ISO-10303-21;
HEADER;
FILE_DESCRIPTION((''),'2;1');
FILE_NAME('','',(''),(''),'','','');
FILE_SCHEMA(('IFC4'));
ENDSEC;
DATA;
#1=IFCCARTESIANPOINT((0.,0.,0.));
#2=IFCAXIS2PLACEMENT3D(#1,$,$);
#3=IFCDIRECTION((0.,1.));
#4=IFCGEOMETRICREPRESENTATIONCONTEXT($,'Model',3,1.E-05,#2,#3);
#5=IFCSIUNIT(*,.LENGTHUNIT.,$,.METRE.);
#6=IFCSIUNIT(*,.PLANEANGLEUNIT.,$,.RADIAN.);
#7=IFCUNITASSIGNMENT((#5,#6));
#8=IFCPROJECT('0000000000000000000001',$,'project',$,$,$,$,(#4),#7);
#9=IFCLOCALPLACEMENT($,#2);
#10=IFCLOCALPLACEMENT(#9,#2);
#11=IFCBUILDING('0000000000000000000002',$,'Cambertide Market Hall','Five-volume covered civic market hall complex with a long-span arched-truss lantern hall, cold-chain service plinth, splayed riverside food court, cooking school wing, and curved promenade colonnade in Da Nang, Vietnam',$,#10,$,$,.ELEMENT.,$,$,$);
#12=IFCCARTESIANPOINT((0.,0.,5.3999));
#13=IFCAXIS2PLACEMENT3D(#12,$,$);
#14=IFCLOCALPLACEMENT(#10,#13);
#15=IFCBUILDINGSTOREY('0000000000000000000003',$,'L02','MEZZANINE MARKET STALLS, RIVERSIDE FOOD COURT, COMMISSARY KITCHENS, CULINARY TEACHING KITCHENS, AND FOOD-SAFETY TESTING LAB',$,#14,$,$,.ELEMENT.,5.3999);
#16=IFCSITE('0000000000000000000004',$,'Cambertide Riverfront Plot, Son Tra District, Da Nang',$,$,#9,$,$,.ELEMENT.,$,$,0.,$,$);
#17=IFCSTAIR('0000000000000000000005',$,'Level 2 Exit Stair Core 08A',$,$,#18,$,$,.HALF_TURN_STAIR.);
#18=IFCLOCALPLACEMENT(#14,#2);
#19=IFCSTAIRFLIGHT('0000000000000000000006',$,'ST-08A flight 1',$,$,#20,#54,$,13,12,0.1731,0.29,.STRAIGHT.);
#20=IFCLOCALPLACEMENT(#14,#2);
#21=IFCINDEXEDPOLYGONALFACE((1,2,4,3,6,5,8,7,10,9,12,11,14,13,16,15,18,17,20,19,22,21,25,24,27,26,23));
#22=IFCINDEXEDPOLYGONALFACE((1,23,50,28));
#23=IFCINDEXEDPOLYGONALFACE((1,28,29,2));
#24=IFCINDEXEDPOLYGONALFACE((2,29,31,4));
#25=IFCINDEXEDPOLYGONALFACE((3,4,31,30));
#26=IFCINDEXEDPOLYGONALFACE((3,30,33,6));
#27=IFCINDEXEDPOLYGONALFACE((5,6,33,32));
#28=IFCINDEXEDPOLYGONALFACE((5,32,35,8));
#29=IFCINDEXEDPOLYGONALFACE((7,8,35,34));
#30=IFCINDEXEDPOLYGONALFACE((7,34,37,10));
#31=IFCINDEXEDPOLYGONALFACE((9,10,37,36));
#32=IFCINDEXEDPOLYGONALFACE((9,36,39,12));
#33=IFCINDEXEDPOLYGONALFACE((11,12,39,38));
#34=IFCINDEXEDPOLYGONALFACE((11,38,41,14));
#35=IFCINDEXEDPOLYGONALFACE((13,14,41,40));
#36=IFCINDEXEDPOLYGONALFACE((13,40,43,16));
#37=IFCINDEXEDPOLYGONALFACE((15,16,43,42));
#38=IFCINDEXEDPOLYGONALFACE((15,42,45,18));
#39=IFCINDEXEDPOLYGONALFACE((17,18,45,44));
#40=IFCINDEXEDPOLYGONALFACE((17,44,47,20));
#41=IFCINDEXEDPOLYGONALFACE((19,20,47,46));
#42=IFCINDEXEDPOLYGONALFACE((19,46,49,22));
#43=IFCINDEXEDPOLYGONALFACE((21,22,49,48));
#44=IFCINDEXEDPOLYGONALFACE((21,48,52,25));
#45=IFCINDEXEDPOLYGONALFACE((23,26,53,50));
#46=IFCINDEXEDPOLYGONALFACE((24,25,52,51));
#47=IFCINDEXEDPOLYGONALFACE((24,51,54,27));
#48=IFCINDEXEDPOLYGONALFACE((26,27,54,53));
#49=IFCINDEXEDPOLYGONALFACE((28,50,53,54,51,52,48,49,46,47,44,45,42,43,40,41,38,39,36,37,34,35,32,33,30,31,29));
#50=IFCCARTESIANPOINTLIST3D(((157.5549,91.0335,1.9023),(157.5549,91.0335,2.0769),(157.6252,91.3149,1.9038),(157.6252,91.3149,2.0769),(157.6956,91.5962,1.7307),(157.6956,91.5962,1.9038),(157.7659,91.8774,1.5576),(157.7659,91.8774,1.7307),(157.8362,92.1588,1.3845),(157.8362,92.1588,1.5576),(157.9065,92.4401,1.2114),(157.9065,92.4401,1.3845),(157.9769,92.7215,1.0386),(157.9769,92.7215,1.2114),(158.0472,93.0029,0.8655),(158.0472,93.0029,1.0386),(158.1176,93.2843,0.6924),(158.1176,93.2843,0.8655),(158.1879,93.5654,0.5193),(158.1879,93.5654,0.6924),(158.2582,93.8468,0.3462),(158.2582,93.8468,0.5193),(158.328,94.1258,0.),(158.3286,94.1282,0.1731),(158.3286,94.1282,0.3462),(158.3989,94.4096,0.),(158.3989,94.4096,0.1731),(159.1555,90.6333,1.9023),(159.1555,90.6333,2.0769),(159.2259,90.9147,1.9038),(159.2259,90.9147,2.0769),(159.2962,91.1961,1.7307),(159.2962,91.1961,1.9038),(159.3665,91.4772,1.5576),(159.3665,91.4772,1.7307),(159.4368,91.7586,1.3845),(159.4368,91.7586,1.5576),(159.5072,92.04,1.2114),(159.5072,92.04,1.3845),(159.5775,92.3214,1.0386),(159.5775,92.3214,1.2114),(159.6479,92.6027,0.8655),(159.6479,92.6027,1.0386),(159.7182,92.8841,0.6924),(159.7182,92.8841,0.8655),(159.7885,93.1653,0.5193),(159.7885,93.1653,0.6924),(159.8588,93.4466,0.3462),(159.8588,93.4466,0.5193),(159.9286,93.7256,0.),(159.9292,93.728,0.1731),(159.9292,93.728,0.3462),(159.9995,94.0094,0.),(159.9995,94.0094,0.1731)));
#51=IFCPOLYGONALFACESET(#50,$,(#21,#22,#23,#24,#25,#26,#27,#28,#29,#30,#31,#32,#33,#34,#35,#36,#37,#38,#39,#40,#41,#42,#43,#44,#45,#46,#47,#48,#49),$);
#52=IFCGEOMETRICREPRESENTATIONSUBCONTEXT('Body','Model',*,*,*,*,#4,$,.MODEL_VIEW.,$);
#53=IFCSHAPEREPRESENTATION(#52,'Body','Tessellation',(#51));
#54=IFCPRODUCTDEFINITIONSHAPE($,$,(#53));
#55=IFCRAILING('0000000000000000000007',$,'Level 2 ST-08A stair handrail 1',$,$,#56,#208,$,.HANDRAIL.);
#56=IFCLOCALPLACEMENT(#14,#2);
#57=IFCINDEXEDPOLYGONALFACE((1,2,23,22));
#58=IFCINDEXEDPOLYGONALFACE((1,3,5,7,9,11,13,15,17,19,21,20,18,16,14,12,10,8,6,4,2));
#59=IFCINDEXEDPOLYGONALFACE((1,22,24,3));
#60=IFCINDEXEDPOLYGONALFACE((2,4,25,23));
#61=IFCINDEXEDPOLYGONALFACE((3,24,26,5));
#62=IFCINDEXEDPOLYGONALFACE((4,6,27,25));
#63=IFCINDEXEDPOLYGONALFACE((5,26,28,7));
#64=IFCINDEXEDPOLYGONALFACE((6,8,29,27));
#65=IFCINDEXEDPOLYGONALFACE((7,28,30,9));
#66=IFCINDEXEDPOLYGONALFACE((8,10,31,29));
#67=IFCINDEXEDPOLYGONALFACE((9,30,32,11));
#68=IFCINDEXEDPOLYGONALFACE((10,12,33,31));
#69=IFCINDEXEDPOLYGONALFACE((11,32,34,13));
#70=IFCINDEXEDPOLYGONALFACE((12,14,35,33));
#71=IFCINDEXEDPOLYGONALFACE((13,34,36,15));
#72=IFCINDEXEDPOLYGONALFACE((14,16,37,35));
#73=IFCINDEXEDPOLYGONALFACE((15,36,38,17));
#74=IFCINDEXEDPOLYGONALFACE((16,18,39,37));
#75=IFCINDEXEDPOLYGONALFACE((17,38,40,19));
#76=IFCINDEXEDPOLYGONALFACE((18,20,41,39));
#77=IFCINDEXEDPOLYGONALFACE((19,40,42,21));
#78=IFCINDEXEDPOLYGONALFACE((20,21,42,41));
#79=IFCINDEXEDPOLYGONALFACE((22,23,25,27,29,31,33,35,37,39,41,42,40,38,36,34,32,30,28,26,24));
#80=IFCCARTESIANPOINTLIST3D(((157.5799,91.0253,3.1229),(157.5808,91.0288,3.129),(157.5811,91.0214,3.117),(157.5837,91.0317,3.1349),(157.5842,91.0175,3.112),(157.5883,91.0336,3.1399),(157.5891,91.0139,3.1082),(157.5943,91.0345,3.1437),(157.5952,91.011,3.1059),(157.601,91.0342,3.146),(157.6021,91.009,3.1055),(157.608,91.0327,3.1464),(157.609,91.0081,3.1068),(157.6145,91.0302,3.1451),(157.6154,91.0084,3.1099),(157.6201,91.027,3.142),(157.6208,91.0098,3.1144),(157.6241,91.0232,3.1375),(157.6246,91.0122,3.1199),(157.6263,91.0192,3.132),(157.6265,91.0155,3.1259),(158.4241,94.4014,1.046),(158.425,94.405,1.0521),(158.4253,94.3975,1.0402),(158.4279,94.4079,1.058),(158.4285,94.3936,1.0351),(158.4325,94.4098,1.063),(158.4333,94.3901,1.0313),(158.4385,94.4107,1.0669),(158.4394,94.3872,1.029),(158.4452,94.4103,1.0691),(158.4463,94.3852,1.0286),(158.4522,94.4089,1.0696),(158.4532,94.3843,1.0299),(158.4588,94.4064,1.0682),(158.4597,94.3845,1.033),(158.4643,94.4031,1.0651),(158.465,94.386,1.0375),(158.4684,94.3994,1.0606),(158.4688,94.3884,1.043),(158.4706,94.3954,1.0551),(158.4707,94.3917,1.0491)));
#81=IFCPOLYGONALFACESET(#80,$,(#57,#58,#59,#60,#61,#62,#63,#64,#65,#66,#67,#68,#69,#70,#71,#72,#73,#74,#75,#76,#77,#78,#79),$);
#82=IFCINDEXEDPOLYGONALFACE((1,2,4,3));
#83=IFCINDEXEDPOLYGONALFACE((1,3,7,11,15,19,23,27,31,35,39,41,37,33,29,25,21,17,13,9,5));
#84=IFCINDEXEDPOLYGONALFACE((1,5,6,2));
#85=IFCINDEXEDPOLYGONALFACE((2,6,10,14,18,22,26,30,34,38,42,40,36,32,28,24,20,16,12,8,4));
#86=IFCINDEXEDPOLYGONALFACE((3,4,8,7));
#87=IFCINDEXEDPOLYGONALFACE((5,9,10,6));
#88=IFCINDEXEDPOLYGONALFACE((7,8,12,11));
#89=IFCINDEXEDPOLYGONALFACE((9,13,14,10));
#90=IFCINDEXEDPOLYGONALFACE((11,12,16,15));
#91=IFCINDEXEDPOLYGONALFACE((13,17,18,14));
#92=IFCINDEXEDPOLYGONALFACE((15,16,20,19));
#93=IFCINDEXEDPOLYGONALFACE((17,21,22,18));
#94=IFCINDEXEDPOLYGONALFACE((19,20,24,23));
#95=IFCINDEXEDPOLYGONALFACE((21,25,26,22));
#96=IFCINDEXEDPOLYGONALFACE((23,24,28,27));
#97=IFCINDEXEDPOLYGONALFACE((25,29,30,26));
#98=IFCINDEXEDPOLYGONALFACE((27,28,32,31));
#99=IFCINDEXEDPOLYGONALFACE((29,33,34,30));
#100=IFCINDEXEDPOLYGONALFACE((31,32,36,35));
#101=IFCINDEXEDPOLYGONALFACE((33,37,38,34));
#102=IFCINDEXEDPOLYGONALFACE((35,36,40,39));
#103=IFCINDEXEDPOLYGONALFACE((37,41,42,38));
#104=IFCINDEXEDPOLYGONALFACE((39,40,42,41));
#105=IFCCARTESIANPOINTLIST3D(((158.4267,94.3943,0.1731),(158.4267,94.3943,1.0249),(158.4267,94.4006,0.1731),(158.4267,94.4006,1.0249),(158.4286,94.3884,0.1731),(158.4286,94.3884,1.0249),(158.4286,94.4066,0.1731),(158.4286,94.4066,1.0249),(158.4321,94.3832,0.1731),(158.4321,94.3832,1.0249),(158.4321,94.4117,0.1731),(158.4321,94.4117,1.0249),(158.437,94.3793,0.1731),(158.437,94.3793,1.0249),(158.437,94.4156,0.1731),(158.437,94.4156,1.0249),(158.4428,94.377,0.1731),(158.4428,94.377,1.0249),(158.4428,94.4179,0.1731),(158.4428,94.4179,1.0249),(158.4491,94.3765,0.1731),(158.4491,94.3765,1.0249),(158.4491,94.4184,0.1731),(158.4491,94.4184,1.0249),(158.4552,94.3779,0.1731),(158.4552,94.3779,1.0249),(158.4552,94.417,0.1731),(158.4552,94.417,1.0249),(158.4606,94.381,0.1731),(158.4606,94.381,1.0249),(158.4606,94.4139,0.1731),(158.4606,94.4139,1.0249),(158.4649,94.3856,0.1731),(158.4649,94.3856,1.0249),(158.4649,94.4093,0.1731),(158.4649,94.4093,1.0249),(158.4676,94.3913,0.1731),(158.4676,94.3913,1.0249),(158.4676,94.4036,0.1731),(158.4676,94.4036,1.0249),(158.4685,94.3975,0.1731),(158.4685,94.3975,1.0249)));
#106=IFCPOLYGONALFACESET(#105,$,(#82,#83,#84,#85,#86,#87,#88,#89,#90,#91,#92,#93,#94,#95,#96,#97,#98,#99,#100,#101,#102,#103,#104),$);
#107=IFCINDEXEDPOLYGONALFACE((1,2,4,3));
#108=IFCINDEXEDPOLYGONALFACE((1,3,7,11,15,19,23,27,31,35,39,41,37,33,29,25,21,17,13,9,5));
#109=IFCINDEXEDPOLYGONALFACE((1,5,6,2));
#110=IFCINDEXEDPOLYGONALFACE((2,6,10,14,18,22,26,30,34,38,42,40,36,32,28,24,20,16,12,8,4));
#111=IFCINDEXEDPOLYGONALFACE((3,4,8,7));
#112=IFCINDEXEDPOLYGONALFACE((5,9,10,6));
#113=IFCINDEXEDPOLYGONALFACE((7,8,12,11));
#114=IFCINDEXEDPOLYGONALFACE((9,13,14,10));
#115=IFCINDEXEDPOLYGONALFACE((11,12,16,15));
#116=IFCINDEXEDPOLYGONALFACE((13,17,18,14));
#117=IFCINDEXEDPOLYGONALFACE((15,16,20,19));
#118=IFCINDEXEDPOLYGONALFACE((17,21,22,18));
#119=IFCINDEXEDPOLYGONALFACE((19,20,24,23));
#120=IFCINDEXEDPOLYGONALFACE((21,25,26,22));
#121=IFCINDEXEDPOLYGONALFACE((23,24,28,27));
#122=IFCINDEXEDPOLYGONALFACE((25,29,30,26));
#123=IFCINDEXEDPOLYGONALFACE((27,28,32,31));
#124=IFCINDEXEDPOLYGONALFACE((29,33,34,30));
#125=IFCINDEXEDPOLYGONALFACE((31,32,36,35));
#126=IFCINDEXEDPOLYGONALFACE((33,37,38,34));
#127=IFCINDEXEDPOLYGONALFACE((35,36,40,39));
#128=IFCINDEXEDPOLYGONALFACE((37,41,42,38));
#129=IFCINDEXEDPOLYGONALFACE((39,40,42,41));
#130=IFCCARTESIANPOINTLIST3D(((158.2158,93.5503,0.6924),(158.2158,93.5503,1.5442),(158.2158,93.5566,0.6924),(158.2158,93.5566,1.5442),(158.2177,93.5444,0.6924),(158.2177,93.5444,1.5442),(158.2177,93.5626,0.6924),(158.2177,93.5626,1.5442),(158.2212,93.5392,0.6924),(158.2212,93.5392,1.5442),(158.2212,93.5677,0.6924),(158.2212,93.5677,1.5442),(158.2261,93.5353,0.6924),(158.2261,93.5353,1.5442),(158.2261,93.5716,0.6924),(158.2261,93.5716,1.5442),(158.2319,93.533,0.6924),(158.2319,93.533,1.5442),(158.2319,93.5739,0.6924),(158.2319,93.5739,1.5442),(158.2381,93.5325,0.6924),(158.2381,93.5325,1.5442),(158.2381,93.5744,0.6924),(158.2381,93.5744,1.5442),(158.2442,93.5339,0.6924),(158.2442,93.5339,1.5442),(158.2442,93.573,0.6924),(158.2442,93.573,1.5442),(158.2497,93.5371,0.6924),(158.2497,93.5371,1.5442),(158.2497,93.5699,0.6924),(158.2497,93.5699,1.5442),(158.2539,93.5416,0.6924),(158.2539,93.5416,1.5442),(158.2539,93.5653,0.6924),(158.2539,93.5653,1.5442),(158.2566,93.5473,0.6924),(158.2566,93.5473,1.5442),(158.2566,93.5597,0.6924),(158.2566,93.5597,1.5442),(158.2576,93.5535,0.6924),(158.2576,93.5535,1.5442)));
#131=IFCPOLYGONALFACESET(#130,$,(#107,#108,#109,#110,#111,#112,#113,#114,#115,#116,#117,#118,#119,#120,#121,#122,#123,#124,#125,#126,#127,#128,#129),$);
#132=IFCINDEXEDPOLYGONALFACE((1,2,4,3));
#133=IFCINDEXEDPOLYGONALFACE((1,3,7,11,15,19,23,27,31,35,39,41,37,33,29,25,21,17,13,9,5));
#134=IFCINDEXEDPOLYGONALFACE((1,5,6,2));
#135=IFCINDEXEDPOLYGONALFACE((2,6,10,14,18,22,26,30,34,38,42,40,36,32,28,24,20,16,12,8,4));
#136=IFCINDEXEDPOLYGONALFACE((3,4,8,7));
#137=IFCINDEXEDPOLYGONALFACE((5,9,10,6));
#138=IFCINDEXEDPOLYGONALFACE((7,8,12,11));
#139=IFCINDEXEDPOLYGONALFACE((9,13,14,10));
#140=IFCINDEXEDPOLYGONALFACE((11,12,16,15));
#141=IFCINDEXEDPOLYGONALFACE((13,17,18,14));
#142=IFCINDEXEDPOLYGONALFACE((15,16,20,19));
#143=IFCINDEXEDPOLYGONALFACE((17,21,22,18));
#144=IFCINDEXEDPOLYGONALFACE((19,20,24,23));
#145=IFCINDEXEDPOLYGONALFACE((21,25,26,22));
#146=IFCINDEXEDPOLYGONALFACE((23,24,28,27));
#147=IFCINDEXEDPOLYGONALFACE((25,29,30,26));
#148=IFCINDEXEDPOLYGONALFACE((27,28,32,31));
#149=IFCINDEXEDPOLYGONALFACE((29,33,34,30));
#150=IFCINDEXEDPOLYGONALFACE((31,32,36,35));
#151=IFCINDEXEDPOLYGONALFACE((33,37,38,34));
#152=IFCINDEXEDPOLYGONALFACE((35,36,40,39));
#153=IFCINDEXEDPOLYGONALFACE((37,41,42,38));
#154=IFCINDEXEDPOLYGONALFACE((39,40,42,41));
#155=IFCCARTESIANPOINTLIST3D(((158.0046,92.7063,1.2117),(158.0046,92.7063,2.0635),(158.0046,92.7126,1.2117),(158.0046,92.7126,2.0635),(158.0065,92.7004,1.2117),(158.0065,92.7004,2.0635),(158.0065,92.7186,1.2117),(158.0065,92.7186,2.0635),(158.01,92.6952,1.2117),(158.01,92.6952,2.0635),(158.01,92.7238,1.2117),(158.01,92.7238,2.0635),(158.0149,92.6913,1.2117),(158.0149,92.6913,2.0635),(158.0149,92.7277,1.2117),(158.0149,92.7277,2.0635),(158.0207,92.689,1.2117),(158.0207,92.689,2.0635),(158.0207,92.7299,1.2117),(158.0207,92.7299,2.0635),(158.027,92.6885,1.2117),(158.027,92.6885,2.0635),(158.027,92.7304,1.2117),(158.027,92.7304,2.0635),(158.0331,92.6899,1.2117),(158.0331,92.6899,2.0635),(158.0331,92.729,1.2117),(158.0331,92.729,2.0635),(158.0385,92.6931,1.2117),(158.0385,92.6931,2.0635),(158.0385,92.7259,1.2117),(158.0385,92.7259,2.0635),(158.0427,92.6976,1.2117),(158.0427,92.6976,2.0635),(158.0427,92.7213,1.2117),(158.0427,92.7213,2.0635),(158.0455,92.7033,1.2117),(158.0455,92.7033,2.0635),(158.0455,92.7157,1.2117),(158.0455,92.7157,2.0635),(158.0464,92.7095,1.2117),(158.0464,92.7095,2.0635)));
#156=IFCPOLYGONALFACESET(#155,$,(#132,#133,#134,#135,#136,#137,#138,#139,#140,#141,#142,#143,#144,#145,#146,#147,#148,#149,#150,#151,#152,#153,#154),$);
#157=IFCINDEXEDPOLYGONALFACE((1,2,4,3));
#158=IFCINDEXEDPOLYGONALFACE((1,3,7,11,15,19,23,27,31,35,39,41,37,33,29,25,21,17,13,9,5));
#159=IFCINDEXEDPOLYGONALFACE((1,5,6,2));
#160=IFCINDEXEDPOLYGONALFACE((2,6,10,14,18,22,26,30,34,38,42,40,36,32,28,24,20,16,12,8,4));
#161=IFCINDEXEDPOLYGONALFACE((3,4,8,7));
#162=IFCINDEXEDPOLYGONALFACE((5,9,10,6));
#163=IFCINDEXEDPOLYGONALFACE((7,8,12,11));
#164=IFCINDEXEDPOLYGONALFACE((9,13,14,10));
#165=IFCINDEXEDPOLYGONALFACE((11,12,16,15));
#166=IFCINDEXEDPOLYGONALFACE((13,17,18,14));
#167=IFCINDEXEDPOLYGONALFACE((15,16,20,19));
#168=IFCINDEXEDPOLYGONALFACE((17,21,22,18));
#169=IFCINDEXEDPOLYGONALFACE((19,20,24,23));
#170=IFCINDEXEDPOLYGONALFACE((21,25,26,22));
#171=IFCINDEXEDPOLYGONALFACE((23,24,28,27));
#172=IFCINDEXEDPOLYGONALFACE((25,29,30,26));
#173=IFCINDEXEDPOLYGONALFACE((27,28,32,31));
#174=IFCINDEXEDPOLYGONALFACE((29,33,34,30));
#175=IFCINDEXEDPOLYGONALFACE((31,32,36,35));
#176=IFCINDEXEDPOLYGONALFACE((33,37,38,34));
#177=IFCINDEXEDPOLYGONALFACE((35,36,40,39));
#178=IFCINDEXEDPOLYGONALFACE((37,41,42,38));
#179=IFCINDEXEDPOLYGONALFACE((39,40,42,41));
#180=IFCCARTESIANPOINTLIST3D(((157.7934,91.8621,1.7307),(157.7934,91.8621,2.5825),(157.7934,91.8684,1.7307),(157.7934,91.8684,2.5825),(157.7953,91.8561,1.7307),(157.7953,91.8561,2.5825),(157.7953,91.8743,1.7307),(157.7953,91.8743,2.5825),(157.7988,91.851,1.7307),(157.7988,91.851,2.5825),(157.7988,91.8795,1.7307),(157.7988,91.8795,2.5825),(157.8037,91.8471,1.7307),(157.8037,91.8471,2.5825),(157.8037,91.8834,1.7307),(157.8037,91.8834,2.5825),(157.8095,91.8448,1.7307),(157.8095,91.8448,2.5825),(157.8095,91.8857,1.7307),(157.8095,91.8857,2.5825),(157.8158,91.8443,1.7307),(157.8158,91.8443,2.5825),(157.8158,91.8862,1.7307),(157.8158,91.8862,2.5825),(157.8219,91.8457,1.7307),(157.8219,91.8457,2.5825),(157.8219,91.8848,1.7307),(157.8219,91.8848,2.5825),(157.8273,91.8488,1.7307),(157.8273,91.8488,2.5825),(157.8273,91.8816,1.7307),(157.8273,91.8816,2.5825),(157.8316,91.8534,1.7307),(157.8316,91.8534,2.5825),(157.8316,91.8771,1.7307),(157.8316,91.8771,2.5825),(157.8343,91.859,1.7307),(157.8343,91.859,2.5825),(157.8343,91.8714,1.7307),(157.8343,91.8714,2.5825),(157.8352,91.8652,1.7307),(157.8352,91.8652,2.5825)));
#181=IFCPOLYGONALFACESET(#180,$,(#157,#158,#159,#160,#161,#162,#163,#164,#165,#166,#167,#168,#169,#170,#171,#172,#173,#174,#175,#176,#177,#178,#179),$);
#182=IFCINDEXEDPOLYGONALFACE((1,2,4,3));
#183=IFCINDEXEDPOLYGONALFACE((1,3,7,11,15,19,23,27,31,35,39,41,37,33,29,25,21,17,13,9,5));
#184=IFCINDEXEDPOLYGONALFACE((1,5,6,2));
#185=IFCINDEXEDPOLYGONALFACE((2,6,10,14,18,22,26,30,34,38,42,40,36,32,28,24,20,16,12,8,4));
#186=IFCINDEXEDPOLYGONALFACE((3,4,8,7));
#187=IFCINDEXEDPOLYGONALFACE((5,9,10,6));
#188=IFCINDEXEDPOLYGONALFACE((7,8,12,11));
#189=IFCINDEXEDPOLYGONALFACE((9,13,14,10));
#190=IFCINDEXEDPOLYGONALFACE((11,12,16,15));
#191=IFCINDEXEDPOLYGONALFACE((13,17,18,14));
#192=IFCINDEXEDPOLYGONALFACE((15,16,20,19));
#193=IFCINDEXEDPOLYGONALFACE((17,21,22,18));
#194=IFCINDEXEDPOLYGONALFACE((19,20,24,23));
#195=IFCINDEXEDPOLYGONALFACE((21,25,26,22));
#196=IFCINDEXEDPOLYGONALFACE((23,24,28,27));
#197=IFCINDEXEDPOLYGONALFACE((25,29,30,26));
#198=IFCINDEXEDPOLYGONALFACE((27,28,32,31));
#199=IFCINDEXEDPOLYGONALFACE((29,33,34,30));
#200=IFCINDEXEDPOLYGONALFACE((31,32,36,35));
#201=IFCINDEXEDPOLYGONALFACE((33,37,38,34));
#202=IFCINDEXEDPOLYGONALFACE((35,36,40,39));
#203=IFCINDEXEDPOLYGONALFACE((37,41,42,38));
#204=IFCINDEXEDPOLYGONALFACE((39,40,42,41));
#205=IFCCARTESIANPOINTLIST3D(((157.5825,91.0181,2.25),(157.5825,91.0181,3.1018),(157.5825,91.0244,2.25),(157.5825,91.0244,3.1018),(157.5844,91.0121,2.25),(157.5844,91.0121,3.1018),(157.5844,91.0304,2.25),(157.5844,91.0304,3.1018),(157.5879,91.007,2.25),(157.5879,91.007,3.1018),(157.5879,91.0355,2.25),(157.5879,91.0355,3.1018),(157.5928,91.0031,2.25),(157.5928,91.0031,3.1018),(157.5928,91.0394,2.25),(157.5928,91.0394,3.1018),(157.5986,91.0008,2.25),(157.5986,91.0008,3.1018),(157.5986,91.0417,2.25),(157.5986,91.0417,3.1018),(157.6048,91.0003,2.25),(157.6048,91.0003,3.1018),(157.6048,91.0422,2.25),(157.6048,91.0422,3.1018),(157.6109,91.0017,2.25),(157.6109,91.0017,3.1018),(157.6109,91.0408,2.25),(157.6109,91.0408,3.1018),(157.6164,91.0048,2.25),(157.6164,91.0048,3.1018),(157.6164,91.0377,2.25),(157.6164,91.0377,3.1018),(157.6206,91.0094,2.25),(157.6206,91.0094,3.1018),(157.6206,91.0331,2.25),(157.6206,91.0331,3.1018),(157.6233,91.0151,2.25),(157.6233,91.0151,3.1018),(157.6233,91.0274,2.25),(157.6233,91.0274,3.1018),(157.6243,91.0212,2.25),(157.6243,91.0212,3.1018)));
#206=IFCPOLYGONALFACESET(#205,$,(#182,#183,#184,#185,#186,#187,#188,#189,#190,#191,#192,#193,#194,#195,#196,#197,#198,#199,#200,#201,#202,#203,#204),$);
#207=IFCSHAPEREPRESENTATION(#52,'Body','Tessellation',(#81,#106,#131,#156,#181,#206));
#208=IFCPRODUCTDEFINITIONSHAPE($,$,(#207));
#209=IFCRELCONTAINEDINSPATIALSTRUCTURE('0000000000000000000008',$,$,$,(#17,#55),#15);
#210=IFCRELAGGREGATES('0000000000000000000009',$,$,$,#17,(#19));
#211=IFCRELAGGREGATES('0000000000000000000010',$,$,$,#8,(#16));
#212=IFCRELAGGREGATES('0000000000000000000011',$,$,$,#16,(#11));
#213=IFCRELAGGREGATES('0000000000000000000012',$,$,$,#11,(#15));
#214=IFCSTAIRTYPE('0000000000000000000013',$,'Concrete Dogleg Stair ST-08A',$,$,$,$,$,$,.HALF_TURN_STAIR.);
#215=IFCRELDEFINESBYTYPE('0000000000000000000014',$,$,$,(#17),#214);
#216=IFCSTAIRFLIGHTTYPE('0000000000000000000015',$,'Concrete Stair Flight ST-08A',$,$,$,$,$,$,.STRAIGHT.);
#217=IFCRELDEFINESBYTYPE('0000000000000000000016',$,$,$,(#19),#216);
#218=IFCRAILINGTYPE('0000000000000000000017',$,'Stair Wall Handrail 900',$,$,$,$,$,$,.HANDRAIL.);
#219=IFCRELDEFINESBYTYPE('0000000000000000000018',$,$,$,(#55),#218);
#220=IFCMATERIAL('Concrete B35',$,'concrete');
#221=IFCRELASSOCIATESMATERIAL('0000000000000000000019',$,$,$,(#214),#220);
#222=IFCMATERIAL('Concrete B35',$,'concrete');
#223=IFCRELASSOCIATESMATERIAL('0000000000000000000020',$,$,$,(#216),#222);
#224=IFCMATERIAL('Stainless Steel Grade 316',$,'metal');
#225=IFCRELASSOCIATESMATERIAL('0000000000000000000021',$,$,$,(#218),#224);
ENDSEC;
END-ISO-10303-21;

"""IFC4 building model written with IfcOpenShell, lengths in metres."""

from ifc_helpers import new_model, si_unit, direction, frame, origin, origin_2d, place, context, subcontext, project, spatial, polyline, circle, outline, extrude, material, type_object, element, aggregate, save


model = new_model("IFC4")

# Units and contexts
model_context = context("Model", 3, precision=1e-05, world=origin(), true_north=direction((0.0, 1.0)))
body_context = subcontext(model_context, "Body", "Model", "MODEL_VIEW")
ifc_project = project(units=[si_unit("LENGTHUNIT", "METRE"), si_unit("PLANEANGLEUNIT", "RADIAN")], contexts=[model_context])

# Site, building, storey
site_placement = place(None, origin())
site = spatial("IfcSite", under=ifc_project, at=site_placement, Name="Cambertide Riverfront Plot, Son Tra District, Da Nang", CompositionType="ELEMENT", RefElevation=0.0)
building_placement = place(site_placement, origin())
building = spatial("IfcBuilding", under=site, at=building_placement, Name="Cambertide Market Hall", Description="Five-volume covered civic market hall complex with a long-span arched-truss lantern hall, cold-chain service plinth, splayed riverside food court, cooking school wing, and curved promenade colonnade in Da Nang, Vietnam", CompositionType="ELEMENT")
storey_placement = place(building_placement, frame((0.0, 0.0, 5.3999)))
storey = spatial("IfcBuildingStorey", under=building, at=storey_placement, Name="L02", Description="MEZZANINE MARKET STALLS, RIVERSIDE FOOD COURT, COMMISSARY KITCHENS, CULINARY TEACHING KITCHENS, AND FOOD-SAFETY TESTING LAB", CompositionType="ELEMENT", Elevation=5.3999)

# Stair, stair flight
ifc_material_1 = material(Name="Concrete B35", Category="concrete")
stair_type = type_object("IfcStairType", Name="Concrete Dogleg Stair ST-08A", PredefinedType="HALF_TURN_STAIR", material=ifc_material_1)
stair_placement = place(storey_placement, origin())
stair = element("IfcStair", 1, at=stair_placement, inside=storey, type_object=stair_type, Name="Level 2 Exit Stair Core 08A", PredefinedType="HALF_TURN_STAIR")
ifc_material_2 = material(Name="Concrete B35", Category="concrete")
stair_flight_type = type_object("IfcStairFlightType", Name="Concrete Stair Flight ST-08A", PredefinedType="STRAIGHT", material=ifc_material_2)
stair_flight_placement = place(storey_placement, frame((159.1992, 94.2095, 0.0), z_axis=(0.0, 0.0, 1.0), x_axis=(-0.242536, -0.970143, 0.0)))
stair_flight = element("IfcStairFlight", 2, at=stair_flight_placement, type_object=stair_flight_type, Name="ST-08A flight 1", NumberOfRisers=13, NumberOfTreads=12, PredefinedType="STRAIGHT", RiserHeight=0.1731, TreadLength=0.29, context=body_context, shape_type="SweptSolid", body=[
    extrude(outline(polyline([(0.0, 0.0), (0.0, 0.1731), (0.29, 0.1731), (0.29, 0.3462), (0.5801, 0.3462), (0.5801, 0.5193), (0.8701, 0.5193), (0.8701, 0.6924), (1.1599, 0.6924), (1.1599, 0.8655), (1.45, 0.8655), (1.45, 1.0386), (1.74, 1.0386), (1.74, 1.2114), (2.03, 1.2114), (2.03, 1.3845), (2.3201, 1.3845), (2.3201, 1.5576), (2.6101, 1.5576), (2.6101, 1.7307), (2.8999, 1.7307), (2.8999, 1.9038), (3.1899, 1.9038), (3.1899, 2.0769), (3.48, 2.0769), (3.48, 2.25), (3.48, 1.9023), (0.2925, 0.0), (0.0, 0.0)])), frame((0.0, 0.825, 0.0), z_axis=(0.0, -1.0, 0.0), x_axis=(1.0, 0.0, 0.0)), (0.0, 0.0, 1.0), 1.6499),
])
aggregate(stair, [stair_flight])

# Railing
ifc_material_3 = material(Name="Stainless Steel Grade 316", Category="metal")
railing_type = type_object("IfcRailingType", Name="Stair Wall Handrail 900", PredefinedType="HANDRAIL", material=ifc_material_3)
railing_placement = place(storey_placement, frame((158.4475, 94.3975, 0.1731)))
element("IfcRailing", 3, at=railing_placement, inside=storey, type_object=railing_type, Name="Level 2 ST-08A stair handrail 1", PredefinedType="HANDRAIL", context=body_context, shape_type="SweptSolid", body=[
    extrude(circle(Radius=0.0239, at=origin_2d()), frame((0.0, 0.0, 0.876), z_axis=(-0.20831, -0.83306, 0.512462), x_axis=(0.97013, -0.242585, 0.0)), (0.0, 0.0, 1.0), 4.0527),
    extrude(circle(Radius=0.021, at=origin_2d()), origin(), (0.0, 0.0, 1.0), 0.8518),
    extrude(circle(Radius=0.021, at=origin_2d()), frame((-0.2109, -0.844, 0.5193)), (0.0, 0.0, 1.0), 0.8518),
    extrude(circle(Radius=0.021, at=origin_2d()), frame((-0.4221, -1.688, 1.0386)), (0.0, 0.0, 1.0), 0.8518),
    extrude(circle(Radius=0.021, at=origin_2d()), frame((-0.6333, -2.5322, 1.5576)), (0.0, 0.0, 1.0), 0.8518),
    extrude(circle(Radius=0.021, at=origin_2d()), frame((-0.8442, -3.3762, 2.0769)), (0.0, 0.0, 1.0), 0.8518),
])

save(model, "model.ifc")
